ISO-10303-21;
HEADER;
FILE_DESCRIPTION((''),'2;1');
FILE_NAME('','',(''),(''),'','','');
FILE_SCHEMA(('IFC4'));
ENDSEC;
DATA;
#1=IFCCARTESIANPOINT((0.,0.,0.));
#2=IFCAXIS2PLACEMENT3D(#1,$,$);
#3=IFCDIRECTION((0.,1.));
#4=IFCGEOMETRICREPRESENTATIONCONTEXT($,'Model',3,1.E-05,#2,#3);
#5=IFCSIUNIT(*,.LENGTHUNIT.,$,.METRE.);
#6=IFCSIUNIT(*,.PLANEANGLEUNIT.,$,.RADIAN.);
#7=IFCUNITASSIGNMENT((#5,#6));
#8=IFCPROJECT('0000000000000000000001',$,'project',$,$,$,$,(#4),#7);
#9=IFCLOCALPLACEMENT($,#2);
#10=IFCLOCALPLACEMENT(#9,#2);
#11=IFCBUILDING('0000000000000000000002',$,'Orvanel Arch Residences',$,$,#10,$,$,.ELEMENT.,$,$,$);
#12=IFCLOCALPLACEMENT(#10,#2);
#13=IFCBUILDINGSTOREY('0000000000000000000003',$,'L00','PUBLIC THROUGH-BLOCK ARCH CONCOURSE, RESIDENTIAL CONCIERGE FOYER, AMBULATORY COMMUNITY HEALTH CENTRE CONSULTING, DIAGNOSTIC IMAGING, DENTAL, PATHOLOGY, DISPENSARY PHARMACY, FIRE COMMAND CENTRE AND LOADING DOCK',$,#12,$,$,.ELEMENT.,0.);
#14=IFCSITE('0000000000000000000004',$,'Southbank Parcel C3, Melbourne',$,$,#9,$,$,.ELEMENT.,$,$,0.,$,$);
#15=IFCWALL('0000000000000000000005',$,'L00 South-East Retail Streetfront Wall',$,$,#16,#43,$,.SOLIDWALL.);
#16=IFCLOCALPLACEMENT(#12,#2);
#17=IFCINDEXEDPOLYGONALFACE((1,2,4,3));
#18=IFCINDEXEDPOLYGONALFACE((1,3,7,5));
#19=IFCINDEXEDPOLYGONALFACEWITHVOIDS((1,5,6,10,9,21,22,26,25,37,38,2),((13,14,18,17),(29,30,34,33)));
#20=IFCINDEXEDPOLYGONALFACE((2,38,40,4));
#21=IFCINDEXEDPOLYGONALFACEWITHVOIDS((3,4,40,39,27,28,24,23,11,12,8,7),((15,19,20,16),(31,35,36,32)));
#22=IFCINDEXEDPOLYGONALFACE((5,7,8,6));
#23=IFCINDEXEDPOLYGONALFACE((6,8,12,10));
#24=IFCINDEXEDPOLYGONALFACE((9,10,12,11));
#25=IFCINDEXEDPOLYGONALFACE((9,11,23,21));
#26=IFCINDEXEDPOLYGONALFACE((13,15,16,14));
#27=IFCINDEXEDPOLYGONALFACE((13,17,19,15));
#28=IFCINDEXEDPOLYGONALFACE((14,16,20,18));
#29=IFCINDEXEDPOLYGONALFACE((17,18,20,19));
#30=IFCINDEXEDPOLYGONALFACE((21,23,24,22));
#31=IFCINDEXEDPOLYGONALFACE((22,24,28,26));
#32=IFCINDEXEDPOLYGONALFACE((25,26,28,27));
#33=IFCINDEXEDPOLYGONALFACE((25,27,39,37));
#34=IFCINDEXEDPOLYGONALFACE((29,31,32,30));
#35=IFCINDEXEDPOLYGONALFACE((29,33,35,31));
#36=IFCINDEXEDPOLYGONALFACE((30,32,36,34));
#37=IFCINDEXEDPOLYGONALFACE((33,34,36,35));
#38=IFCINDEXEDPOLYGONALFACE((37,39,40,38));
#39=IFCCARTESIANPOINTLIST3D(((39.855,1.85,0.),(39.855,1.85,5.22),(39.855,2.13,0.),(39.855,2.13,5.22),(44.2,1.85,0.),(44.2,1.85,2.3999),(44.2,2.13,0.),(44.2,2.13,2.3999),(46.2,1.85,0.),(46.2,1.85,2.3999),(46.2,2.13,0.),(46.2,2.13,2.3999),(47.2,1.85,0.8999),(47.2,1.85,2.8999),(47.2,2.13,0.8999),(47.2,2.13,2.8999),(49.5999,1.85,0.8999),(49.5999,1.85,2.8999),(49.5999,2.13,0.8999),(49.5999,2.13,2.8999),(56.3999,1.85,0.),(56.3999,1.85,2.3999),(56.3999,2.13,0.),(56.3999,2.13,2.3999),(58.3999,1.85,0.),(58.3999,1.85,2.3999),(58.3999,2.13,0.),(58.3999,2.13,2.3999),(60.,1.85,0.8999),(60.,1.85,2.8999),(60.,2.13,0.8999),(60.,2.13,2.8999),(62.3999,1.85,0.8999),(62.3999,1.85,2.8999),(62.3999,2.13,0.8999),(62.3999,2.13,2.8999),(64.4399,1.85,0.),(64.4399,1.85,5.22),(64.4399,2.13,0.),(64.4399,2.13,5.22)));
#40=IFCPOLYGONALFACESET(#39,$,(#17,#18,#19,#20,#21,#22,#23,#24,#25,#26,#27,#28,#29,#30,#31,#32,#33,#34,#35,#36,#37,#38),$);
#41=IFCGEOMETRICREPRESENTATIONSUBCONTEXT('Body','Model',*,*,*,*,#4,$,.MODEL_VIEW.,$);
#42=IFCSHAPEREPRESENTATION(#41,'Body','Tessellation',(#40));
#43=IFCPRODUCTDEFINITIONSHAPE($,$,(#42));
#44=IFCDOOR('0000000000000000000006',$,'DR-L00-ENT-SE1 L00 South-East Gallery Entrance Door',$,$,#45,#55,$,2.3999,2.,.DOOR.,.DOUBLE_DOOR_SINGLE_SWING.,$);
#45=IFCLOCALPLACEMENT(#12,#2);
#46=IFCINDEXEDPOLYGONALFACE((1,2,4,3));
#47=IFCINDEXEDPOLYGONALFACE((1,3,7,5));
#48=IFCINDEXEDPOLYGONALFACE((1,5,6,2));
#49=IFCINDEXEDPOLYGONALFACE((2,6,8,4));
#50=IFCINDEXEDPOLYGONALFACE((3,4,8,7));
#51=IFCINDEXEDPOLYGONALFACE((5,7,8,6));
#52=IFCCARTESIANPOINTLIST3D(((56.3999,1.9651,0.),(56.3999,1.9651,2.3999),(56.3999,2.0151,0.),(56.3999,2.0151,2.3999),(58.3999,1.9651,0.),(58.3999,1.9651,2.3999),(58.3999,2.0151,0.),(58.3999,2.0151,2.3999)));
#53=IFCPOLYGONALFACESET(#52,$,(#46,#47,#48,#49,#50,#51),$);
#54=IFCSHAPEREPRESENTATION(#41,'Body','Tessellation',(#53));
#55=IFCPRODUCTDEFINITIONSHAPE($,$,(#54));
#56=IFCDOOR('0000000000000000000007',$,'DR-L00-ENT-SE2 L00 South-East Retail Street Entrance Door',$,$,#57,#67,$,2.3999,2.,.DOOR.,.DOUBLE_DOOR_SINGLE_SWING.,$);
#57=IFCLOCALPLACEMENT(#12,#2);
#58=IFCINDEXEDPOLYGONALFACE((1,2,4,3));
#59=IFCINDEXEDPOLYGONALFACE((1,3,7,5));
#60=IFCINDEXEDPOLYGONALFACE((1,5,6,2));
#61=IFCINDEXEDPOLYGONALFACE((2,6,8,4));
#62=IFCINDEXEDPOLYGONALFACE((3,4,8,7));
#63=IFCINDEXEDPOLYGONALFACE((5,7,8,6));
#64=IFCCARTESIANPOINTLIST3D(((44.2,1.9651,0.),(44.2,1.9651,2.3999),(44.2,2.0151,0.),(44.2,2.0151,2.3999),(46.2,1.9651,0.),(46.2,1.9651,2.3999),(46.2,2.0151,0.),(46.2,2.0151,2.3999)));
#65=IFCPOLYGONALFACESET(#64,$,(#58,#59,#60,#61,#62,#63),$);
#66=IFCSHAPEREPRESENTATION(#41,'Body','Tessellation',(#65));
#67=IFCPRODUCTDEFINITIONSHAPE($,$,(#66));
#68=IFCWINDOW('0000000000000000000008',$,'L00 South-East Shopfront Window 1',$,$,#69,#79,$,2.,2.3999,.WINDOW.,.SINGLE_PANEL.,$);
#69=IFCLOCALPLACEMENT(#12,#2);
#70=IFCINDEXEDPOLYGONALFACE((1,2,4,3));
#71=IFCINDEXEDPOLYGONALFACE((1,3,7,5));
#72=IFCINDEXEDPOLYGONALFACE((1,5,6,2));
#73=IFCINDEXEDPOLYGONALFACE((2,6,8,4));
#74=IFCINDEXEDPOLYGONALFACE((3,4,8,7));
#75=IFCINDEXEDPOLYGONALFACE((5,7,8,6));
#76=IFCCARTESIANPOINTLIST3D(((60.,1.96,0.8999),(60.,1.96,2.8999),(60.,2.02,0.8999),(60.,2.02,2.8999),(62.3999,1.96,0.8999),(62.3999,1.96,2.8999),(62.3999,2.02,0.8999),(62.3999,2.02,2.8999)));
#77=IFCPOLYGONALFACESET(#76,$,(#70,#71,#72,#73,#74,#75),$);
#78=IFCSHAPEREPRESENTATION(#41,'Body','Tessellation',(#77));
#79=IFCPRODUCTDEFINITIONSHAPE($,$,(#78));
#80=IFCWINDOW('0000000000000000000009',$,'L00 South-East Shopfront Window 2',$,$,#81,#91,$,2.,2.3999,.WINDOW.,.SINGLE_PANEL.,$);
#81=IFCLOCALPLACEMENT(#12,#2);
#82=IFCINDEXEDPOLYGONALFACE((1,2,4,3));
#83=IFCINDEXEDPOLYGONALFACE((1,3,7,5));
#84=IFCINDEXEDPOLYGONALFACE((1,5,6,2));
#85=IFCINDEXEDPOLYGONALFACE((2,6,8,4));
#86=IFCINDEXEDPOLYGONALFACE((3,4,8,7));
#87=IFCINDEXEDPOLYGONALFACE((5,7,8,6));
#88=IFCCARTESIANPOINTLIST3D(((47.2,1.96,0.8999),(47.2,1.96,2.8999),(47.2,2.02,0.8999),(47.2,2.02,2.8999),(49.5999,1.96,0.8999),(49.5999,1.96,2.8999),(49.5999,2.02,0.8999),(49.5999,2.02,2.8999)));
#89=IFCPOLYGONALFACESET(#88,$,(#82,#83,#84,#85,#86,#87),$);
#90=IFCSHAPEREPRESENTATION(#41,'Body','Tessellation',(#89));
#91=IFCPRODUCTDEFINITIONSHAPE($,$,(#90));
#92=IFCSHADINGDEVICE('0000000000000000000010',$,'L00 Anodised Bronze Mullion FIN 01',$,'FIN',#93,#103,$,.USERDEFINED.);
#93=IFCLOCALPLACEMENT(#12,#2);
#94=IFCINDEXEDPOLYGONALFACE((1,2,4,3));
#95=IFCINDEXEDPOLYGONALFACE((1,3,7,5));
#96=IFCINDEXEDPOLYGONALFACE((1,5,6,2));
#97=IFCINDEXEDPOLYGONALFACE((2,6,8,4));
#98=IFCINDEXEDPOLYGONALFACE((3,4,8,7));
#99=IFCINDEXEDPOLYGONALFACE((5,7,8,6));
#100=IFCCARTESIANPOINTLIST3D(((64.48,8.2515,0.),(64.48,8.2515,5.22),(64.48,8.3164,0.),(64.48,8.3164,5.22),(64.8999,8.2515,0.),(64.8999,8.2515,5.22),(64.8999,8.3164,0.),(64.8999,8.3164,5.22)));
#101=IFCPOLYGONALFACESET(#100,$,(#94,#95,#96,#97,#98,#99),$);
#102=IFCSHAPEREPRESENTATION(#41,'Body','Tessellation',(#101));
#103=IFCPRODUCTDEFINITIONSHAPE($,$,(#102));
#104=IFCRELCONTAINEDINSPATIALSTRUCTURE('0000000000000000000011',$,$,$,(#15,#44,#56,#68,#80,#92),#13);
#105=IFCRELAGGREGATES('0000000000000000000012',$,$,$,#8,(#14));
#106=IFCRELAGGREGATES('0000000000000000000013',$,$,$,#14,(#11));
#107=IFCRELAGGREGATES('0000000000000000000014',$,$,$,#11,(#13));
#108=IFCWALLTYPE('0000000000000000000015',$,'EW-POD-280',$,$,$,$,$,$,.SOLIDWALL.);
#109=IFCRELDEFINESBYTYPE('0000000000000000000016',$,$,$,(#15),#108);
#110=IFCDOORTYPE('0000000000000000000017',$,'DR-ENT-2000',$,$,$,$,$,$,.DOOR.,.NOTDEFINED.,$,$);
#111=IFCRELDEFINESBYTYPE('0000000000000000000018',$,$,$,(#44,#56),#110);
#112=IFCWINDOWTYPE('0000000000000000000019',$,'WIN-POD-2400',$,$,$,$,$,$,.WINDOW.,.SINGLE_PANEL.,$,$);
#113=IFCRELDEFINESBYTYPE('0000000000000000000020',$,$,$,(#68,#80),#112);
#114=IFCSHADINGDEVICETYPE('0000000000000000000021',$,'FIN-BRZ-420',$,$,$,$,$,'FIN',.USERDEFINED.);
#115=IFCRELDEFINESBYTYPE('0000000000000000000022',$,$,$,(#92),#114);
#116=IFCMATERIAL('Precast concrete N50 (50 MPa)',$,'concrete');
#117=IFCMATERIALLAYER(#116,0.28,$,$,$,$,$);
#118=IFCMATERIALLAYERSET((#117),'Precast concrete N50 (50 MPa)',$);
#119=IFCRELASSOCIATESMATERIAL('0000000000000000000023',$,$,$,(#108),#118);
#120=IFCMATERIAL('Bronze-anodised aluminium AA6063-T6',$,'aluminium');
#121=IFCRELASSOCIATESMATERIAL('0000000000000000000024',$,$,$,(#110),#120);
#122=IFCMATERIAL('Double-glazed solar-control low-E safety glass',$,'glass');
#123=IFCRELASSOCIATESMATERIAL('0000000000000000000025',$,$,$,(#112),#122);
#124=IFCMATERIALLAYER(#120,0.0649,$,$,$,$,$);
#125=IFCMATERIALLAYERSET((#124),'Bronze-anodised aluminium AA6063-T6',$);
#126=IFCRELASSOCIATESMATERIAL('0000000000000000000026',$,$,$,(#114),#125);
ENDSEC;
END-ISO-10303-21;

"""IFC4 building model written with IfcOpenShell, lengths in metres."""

from ifc_helpers import new_model, si_unit, direction, frame, frame_2d, origin, origin_2d, place, context, subcontext, project, spatial, rectangle, extrude, material, layer, layer_set, type_object, element, fill, save


model = new_model("IFC4")

# Units and contexts
model_context = context("Model", 3, precision=1e-05, world=origin(), true_north=direction((0.0, 1.0)))
body_context = subcontext(model_context, "Body", "Model", "MODEL_VIEW")
ifc_project = project(units=[si_unit("LENGTHUNIT", "METRE"), si_unit("PLANEANGLEUNIT", "RADIAN")], contexts=[model_context])

# Site, building, storey
site_placement = place(None, origin())
site = spatial("IfcSite", under=ifc_project, at=site_placement, Name="Southbank Parcel C3, Melbourne", CompositionType="ELEMENT", RefElevation=0.0)
building_placement = place(site_placement, origin())
building = spatial("IfcBuilding", under=site, at=building_placement, Name="Orvanel Arch Residences", CompositionType="ELEMENT")
storey_placement = place(building_placement, origin())
storey = spatial("IfcBuildingStorey", under=building, at=storey_placement, Name="L00", Description="PUBLIC THROUGH-BLOCK ARCH CONCOURSE, RESIDENTIAL CONCIERGE FOYER, AMBULATORY COMMUNITY HEALTH CENTRE CONSULTING, DIAGNOSTIC IMAGING, DENTAL, PATHOLOGY, DISPENSARY PHARMACY, FIRE COMMAND CENTRE AND LOADING DOCK", CompositionType="ELEMENT", Elevation=0.0)

# Shared definitions
ifc_material_1 = material(Name="Bronze-anodised aluminium AA6063-T6", Category="aluminium")

# Shared definitions
ifc_material_2 = material(Name="Double-glazed solar-control low-E safety glass", Category="glass")

# Wall, openings, doors, windows
ifc_material_3 = material(Name="Precast concrete N50 (50 MPa)", Category="concrete")
ifc_layer_1 = layer(ifc_material_3, 0.28)
ifc_layer_set_1 = layer_set([ifc_layer_1], Name="Precast concrete N50 (50 MPa)")
wall_type = type_object("IfcWallType", Name="EW-POD-280", PredefinedType="SOLIDWALL", material=ifc_layer_set_1)
wall_placement = place(storey_placement, frame((64.4399, 1.99, 0.0), z_axis=(0.0, 0.0, 1.0), x_axis=(-1.0, 0.0, 0.0)))
wall = element("IfcWall", 1, at=wall_placement, inside=storey, type_object=wall_type, Name="L00 South-East Retail Streetfront Wall", PredefinedType="SOLIDWALL", context=body_context, shape_type="SweptSolid", body=[
    extrude(rectangle(XDim=24.585, YDim=0.28, at=frame_2d((12.2925, 0.0))), origin(), (0.0, 0.0, 1.0), 5.22),
])
opening_1_placement = place(wall_placement, frame((6.04, 0.0, 0.0)))
opening_1 = element("IfcOpeningElement", 2, at=opening_1_placement, cuts=wall, PredefinedType="OPENING", context=body_context, shape_type="SweptSolid", body=[
    extrude(rectangle(XDim=2.0, YDim=2.3999, at=frame_2d((1.0, 1.2))), frame((0.0, 0.1499, 0.0), z_axis=(0.0, -1.0, 0.0), x_axis=(1.0, 0.0, 0.0)), (0.0, 0.0, 1.0), 0.3),
])
opening_2_placement = place(wall_placement, frame((18.24, 0.0, 0.0)))
opening_2 = element("IfcOpeningElement", 3, at=opening_2_placement, cuts=wall, PredefinedType="OPENING", context=body_context, shape_type="SweptSolid", body=[
    extrude(rectangle(XDim=2.0, YDim=2.3999, at=frame_2d((1.0, 1.2))), frame((0.0, 0.1499, 0.0), z_axis=(0.0, -1.0, 0.0), x_axis=(1.0, 0.0, 0.0)), (0.0, 0.0, 1.0), 0.3),
])
opening_3_placement = place(wall_placement, frame((2.04, 0.0, 0.8999)))
opening_3 = element("IfcOpeningElement", 4, at=opening_3_placement, cuts=wall, PredefinedType="OPENING", context=body_context, shape_type="SweptSolid", body=[
    extrude(rectangle(XDim=2.3999, YDim=2.0, at=frame_2d((1.2, 1.0))), frame((0.0, 0.1499, 0.0), z_axis=(0.0, -1.0, 0.0), x_axis=(1.0, 0.0, 0.0)), (0.0, 0.0, 1.0), 0.3),
])
opening_4_placement = place(wall_placement, frame((14.8401, 0.0, 0.8999)))
opening_4 = element("IfcOpeningElement", 5, at=opening_4_placement, cuts=wall, PredefinedType="OPENING", context=body_context, shape_type="SweptSolid", body=[
    extrude(rectangle(XDim=2.3999, YDim=2.0, at=frame_2d((1.2, 1.0))), frame((0.0, 0.1499, 0.0), z_axis=(0.0, -1.0, 0.0), x_axis=(1.0, 0.0, 0.0)), (0.0, 0.0, 1.0), 0.3),
])
door_type = type_object("IfcDoorType", Name="DR-ENT-2000", OperationType="NOTDEFINED", PredefinedType="DOOR", material=ifc_material_1)
door_1_placement = place(opening_1_placement, origin())
door_1 = element("IfcDoor", 6, at=door_1_placement, inside=storey, type_object=door_type, Name="DR-L00-ENT-SE1 L00 South-East Gallery Entrance Door", OperationType="DOUBLE_DOOR_SINGLE_SWING", OverallHeight=2.3999, OverallWidth=2.0, PredefinedType="DOOR", context=body_context, shape_type="SweptSolid", body=[
    extrude(rectangle(XDim=2.0, YDim=2.3999, at=frame_2d((1.0, 1.2))), frame((0.0, 0.0249, 0.0), z_axis=(0.0, -1.0, 0.0), x_axis=(1.0, 0.0, 0.0)), (0.0, 0.0, 1.0), 0.05),
])
fill(opening_1, door_1)
door_2_placement = place(opening_2_placement, origin())
door_2 = element("IfcDoor", 7, at=door_2_placement, inside=storey, type_object=door_type, Name="DR-L00-ENT-SE2 L00 South-East Retail Street Entrance Door", OperationType="DOUBLE_DOOR_SINGLE_SWING", OverallHeight=2.3999, OverallWidth=2.0, PredefinedType="DOOR", context=body_context, shape_type="SweptSolid", body=[
    extrude(rectangle(XDim=2.0, YDim=2.3999, at=frame_2d((1.0, 1.2))), frame((0.0, 0.0249, 0.0), z_axis=(0.0, -1.0, 0.0), x_axis=(1.0, 0.0, 0.0)), (0.0, 0.0, 1.0), 0.05),
])
fill(opening_2, door_2)
window_type = type_object("IfcWindowType", Name="WIN-POD-2400", PartitioningType="SINGLE_PANEL", PredefinedType="WINDOW", material=ifc_material_2)
window_1_placement = place(opening_3_placement, origin())
window_1 = element("IfcWindow", 8, at=window_1_placement, inside=storey, type_object=window_type, Name="L00 South-East Shopfront Window 1", OverallHeight=2.0, OverallWidth=2.3999, PartitioningType="SINGLE_PANEL", PredefinedType="WINDOW", context=body_context, shape_type="SweptSolid", body=[
    extrude(rectangle(XDim=2.3999, YDim=2.0, at=frame_2d((1.2, 1.0))), frame((0.0, 0.03, 0.0), z_axis=(0.0, -1.0, 0.0), x_axis=(1.0, 0.0, 0.0)), (0.0, 0.0, 1.0), 0.0601),
])
fill(opening_3, window_1)
window_2_placement = place(opening_4_placement, origin())
window_2 = element("IfcWindow", 9, at=window_2_placement, inside=storey, type_object=window_type, Name="L00 South-East Shopfront Window 2", OverallHeight=2.0, OverallWidth=2.3999, PartitioningType="SINGLE_PANEL", PredefinedType="WINDOW", context=body_context, shape_type="SweptSolid", body=[
    extrude(rectangle(XDim=2.3999, YDim=2.0, at=frame_2d((1.2, 1.0))), frame((0.0, 0.03, 0.0), z_axis=(0.0, -1.0, 0.0), x_axis=(1.0, 0.0, 0.0)), (0.0, 0.0, 1.0), 0.0601),
])
fill(opening_4, window_2)

# Shading device
ifc_layer_2 = layer(ifc_material_1, 0.0649)
ifc_layer_set_2 = layer_set([ifc_layer_2], Name="Bronze-anodised aluminium AA6063-T6")
shading_device_type = type_object("IfcShadingDeviceType", Name="FIN-BRZ-420", ElementType="FIN", PredefinedType="USERDEFINED", material=ifc_layer_set_2)
shading_device_placement = place(storey_placement, frame((64.6899, 8.2839, 0.0), z_axis=(0.0, 0.0, 1.0), x_axis=(1.0, 0.0, 0.0)))
element("IfcShadingDevice", 10, at=shading_device_placement, inside=storey, type_object=shading_device_type, Name="L00 Anodised Bronze Mullion FIN 01", ObjectType="FIN", PredefinedType="USERDEFINED", context=body_context, shape_type="SweptSolid", body=[
    extrude(rectangle(XDim=0.4199, YDim=0.0649, at=origin_2d()), origin(), (0.0, 0.0, 1.0), 5.22),
])

save(model, "model.ifc")
